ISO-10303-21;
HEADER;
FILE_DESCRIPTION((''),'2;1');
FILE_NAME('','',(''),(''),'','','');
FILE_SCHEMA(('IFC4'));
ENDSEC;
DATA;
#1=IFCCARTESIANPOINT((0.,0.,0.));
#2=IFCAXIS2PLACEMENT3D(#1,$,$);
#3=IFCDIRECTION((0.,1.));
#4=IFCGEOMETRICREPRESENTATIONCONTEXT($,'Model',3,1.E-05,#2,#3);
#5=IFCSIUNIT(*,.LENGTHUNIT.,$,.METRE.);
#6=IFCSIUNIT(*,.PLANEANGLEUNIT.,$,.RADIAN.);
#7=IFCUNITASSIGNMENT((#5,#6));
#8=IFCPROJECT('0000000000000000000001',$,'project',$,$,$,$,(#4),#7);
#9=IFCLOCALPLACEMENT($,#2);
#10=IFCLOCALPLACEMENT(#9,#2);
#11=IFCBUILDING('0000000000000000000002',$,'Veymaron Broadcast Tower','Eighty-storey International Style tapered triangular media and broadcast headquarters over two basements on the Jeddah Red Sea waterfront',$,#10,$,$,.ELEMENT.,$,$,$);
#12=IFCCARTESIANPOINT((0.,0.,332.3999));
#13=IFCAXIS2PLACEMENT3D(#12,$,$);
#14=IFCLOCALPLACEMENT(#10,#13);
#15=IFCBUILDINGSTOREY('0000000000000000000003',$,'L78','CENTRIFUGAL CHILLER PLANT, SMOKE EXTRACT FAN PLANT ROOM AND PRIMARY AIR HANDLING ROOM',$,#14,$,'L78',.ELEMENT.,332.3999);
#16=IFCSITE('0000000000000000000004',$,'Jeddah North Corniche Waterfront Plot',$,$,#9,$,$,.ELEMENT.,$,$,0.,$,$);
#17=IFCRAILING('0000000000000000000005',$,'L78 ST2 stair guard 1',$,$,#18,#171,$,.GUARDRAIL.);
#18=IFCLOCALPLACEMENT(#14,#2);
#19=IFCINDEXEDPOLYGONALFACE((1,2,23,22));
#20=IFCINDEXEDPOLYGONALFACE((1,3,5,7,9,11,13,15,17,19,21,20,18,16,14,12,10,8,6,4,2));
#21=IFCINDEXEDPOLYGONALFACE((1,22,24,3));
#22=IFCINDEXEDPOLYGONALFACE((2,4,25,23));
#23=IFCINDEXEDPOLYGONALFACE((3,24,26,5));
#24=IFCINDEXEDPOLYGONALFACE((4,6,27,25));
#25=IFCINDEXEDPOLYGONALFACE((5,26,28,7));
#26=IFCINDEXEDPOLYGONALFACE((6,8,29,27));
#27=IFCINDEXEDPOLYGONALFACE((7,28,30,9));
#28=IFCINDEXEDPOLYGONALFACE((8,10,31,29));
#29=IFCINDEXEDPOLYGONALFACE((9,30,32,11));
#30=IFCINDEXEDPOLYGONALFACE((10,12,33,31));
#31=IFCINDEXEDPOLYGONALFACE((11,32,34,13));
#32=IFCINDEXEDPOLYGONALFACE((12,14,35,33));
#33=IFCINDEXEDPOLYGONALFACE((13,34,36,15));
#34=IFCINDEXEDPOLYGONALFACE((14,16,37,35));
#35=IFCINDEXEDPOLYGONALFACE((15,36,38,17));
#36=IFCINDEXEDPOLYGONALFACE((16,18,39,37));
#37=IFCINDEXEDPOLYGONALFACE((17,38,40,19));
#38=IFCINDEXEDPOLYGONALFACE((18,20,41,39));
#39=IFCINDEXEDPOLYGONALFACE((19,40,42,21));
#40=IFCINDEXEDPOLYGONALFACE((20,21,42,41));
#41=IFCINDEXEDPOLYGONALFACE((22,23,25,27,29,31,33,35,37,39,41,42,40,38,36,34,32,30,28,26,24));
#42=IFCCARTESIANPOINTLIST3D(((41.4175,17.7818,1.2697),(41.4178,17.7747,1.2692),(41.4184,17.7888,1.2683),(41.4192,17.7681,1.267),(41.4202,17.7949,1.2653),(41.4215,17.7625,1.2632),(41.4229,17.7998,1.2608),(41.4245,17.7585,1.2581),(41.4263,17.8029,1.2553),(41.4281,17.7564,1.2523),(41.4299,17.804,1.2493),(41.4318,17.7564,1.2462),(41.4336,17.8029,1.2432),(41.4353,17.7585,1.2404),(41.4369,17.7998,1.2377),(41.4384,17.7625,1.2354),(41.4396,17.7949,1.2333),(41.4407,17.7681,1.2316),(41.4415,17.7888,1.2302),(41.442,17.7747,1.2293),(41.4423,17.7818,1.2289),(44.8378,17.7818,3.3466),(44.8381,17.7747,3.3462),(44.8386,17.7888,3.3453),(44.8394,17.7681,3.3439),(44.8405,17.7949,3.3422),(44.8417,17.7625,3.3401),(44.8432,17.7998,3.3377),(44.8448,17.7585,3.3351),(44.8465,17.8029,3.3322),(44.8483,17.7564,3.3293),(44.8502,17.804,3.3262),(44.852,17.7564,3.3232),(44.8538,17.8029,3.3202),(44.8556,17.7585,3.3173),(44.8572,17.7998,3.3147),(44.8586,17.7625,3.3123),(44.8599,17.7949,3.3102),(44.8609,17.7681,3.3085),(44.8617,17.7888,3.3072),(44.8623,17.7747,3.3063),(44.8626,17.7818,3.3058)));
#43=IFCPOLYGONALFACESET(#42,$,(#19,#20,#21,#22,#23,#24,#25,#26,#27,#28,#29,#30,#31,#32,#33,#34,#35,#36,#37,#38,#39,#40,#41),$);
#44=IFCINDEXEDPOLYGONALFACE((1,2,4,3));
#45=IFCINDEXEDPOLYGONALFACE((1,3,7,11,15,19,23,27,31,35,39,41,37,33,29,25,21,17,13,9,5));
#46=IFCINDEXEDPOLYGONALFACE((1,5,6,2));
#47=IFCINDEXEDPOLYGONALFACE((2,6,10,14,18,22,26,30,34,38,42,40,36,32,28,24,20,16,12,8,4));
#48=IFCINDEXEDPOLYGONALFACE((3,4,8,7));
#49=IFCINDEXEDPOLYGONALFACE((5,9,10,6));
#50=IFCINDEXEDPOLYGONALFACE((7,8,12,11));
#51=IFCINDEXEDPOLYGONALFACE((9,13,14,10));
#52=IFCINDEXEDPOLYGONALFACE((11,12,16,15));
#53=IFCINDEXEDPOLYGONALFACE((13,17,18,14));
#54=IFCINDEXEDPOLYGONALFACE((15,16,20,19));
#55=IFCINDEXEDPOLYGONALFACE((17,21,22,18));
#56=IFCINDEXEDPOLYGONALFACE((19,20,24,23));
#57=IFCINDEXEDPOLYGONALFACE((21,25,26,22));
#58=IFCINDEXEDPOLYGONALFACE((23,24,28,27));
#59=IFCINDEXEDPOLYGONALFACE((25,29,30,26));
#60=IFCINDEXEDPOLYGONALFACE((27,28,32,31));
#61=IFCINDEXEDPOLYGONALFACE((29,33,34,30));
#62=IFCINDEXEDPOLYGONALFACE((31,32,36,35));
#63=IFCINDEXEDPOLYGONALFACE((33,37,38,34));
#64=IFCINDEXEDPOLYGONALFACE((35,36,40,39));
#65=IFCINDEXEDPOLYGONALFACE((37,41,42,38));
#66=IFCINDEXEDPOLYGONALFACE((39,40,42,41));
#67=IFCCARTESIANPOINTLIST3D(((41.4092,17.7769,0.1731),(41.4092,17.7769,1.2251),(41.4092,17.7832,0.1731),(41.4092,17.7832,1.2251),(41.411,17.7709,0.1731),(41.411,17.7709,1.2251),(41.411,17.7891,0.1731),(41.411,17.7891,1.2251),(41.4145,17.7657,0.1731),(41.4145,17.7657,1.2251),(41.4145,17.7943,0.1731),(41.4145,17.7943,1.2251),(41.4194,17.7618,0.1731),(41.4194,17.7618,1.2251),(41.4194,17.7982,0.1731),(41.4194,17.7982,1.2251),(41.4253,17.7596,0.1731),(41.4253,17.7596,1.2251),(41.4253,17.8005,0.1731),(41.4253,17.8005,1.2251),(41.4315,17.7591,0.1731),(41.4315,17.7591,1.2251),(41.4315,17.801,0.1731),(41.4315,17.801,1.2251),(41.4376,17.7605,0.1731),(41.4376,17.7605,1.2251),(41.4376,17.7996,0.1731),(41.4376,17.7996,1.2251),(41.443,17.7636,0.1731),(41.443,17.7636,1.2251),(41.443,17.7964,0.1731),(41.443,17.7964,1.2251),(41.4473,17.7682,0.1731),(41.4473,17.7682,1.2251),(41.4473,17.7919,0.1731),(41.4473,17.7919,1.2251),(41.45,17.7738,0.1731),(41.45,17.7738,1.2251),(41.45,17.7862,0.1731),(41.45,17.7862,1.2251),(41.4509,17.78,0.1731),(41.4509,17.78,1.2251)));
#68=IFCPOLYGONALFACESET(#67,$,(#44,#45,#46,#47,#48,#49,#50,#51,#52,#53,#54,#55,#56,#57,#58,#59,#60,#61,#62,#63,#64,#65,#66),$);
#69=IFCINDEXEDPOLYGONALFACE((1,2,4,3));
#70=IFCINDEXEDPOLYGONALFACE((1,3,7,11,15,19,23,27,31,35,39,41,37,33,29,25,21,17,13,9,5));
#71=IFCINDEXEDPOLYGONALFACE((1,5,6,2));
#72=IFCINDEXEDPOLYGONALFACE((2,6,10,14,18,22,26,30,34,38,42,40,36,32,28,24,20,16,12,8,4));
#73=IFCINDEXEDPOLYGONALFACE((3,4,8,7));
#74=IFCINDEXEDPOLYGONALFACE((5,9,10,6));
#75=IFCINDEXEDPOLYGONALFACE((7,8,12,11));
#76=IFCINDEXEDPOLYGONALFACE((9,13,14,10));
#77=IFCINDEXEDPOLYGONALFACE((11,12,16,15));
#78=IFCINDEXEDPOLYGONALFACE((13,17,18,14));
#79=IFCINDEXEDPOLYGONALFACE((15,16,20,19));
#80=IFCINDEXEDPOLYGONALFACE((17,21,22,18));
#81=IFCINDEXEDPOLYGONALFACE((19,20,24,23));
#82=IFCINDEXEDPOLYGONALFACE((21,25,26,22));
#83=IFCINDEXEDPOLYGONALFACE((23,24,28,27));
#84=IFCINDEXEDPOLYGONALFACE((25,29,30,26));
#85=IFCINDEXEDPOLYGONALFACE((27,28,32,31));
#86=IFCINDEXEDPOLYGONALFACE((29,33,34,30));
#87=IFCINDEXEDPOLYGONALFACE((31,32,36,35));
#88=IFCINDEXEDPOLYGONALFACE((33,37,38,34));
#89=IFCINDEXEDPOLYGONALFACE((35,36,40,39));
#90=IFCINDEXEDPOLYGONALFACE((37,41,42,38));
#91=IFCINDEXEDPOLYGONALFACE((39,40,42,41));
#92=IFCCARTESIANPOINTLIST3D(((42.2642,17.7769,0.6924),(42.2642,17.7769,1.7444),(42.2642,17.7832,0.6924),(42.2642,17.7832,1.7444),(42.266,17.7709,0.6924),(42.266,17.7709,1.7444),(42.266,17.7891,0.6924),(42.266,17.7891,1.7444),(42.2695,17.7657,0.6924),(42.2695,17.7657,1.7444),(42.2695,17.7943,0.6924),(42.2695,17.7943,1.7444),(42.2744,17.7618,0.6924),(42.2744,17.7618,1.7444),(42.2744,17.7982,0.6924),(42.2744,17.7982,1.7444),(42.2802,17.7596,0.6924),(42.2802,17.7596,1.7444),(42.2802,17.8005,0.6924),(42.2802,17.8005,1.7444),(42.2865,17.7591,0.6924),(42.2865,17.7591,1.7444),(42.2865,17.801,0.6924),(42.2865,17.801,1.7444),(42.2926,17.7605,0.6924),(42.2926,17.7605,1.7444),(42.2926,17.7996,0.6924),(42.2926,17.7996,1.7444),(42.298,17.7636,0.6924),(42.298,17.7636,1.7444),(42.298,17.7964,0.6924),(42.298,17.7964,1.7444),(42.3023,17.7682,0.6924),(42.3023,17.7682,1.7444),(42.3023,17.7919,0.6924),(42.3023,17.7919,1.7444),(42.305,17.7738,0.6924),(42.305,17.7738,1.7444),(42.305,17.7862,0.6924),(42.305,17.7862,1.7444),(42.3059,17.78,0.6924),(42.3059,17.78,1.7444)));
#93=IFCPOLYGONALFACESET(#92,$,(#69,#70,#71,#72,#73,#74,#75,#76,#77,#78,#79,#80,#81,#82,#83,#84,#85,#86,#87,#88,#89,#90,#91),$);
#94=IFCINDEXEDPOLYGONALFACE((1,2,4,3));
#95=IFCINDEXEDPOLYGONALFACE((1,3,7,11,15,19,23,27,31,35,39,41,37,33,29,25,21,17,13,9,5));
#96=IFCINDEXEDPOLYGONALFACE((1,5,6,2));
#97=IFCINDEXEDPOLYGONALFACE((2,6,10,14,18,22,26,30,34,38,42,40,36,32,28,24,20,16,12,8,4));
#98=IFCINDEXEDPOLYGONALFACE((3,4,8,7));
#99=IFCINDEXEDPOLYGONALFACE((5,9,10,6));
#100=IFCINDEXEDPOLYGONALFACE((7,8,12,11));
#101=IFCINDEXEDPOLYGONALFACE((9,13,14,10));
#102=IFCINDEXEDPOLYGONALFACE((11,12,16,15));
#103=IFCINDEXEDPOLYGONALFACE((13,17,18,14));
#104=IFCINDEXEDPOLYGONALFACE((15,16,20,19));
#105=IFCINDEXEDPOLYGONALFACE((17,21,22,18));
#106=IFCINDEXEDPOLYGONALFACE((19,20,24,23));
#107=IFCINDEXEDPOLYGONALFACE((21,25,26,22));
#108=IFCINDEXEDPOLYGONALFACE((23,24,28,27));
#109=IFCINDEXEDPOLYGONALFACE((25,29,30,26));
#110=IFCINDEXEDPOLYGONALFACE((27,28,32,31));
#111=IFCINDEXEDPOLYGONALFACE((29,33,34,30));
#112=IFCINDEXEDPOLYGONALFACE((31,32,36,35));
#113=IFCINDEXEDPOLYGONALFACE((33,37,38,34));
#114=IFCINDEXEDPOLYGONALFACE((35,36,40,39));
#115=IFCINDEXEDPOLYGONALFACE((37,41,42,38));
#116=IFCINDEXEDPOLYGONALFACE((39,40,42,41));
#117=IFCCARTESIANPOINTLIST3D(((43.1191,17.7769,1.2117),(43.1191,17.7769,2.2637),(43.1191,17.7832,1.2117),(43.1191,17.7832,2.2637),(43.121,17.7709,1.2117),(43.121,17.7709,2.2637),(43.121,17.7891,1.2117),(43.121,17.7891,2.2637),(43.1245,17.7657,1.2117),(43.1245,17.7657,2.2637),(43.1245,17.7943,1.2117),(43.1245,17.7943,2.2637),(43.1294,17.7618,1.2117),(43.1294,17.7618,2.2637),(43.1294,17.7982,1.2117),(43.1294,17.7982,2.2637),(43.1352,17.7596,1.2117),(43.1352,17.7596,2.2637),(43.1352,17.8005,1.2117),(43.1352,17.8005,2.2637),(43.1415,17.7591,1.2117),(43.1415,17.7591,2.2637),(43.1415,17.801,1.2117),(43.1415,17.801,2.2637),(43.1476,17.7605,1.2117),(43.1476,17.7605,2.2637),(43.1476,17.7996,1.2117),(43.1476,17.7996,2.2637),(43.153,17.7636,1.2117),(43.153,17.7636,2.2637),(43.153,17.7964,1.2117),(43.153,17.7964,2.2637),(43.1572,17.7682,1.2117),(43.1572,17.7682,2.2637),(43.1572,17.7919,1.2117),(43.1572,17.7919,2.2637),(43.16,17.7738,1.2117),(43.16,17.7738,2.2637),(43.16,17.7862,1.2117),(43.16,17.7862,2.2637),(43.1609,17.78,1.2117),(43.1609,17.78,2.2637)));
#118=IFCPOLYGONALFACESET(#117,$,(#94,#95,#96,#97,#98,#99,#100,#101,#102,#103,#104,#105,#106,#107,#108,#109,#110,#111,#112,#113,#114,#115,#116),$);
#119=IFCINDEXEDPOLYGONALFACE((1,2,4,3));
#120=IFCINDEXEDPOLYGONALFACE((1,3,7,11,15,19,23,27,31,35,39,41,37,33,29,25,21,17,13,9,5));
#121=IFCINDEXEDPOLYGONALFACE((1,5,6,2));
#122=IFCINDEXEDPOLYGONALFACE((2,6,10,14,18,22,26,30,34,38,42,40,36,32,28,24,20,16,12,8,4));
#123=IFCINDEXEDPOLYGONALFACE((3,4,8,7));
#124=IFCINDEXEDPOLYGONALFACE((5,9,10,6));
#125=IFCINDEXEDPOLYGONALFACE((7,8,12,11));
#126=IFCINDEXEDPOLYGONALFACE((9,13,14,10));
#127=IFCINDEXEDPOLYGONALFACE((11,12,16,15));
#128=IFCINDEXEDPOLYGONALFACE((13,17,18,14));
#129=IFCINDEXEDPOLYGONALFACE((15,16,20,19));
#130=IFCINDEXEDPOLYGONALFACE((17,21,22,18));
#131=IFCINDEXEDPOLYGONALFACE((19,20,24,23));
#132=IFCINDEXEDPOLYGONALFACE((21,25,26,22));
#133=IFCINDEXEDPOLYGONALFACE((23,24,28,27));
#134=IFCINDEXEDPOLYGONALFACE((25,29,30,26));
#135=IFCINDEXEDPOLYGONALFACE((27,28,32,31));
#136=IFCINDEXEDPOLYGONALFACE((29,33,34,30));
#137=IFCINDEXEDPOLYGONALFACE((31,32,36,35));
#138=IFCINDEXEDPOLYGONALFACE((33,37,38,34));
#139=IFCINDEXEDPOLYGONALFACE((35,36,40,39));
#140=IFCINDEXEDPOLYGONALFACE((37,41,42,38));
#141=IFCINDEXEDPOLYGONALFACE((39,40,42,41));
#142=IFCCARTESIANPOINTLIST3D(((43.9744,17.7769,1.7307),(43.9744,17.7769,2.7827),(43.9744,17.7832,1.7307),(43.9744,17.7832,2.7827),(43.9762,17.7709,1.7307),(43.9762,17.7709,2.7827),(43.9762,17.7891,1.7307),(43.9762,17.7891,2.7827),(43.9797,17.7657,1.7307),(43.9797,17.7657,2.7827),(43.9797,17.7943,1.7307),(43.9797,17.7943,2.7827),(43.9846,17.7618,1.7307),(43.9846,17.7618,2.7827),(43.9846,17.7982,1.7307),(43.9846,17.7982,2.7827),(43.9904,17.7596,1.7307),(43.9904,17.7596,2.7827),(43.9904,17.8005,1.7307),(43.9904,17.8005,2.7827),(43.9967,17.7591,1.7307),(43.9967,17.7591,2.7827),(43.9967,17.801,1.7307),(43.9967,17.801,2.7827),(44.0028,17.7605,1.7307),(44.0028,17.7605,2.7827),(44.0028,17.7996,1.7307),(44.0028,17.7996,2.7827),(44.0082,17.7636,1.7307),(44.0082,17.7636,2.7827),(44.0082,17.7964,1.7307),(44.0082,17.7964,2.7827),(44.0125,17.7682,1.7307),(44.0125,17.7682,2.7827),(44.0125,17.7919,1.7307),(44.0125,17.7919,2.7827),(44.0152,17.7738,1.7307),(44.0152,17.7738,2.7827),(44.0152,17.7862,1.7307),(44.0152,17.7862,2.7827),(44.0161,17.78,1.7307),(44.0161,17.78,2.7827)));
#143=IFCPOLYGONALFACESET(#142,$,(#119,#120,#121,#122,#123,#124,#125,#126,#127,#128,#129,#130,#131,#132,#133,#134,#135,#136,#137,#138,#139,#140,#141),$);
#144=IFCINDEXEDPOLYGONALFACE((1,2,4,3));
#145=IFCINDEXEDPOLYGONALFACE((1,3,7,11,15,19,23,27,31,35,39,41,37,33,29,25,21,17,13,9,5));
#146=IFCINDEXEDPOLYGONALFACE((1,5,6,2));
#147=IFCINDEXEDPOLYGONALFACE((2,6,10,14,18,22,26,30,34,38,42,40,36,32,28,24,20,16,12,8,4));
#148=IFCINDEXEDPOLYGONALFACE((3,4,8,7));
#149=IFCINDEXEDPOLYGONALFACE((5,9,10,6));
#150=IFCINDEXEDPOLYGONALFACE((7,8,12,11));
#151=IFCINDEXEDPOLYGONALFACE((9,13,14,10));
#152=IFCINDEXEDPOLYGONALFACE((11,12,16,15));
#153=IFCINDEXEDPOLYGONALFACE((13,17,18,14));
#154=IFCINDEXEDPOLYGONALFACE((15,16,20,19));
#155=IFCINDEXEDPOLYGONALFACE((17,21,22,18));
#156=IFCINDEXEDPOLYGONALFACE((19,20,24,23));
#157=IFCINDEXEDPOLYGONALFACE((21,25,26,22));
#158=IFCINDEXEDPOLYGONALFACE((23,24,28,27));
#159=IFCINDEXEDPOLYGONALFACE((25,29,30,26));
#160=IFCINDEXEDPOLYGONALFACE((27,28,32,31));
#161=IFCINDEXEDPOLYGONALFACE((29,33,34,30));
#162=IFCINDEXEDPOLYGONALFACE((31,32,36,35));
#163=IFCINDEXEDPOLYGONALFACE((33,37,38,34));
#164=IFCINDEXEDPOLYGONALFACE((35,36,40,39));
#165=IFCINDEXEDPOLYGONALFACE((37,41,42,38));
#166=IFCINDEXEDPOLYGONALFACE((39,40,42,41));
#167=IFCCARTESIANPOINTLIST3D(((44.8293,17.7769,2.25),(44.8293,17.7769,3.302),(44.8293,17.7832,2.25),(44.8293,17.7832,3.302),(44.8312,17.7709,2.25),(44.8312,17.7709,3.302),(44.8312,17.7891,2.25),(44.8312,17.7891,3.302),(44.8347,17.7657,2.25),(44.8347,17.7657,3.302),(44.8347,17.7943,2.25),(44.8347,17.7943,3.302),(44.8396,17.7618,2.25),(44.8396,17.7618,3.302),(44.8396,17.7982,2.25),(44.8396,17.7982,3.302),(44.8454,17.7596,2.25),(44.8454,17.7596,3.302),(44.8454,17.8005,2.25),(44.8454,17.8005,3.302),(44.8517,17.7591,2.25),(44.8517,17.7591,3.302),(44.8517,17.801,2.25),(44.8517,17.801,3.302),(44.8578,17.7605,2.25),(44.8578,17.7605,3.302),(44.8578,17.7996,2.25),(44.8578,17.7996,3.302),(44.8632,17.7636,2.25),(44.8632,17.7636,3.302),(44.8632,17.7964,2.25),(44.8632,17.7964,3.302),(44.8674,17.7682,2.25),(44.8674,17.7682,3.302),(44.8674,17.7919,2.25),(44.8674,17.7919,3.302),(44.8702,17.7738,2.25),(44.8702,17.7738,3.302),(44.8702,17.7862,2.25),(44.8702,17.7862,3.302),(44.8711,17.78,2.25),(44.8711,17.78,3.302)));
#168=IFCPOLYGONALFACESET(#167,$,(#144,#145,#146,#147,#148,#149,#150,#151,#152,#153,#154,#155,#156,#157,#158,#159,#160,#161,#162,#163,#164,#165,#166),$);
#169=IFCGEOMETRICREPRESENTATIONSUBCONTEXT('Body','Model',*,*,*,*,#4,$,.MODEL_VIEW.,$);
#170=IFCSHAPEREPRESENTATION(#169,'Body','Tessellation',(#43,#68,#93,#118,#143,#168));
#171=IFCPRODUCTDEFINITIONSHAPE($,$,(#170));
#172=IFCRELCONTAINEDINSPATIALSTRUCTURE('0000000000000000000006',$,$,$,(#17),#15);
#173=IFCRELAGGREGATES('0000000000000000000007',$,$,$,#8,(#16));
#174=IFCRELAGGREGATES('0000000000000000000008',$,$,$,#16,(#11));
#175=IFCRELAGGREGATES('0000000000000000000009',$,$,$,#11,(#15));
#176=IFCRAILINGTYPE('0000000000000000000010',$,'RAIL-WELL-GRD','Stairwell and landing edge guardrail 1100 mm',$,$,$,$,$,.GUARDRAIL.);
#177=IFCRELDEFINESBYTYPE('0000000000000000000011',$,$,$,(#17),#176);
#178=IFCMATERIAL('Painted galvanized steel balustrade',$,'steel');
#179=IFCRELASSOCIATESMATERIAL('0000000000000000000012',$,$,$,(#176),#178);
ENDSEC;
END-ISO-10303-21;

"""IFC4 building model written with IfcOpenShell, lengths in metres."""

from ifc_helpers import new_model, si_unit, direction, frame, origin, origin_2d, place, context, subcontext, project, spatial, circle, extrude, material, type_object, element, save


model = new_model("IFC4")

# Units and contexts
model_context = context("Model", 3, precision=1e-05, world=origin(), true_north=direction((0.0, 1.0)))
body_context = subcontext(model_context, "Body", "Model", "MODEL_VIEW")
ifc_project = project(units=[si_unit("LENGTHUNIT", "METRE"), si_unit("PLANEANGLEUNIT", "RADIAN")], contexts=[model_context])

# Site, building, storey
site_placement = place(None, origin())
site = spatial("IfcSite", under=ifc_project, at=site_placement, Name="Jeddah North Corniche Waterfront Plot", CompositionType="ELEMENT", RefElevation=0.0)
building_placement = place(site_placement, origin())
building = spatial("IfcBuilding", under=site, at=building_placement, Name="Veymaron Broadcast Tower", Description="Eighty-storey International Style tapered triangular media and broadcast headquarters over two basements on the Jeddah Red Sea waterfront", CompositionType="ELEMENT")
storey_placement = place(building_placement, frame((0.0, 0.0, 332.3999)))
storey = spatial("IfcBuildingStorey", under=building, at=storey_placement, Name="L78", Description="CENTRIFUGAL CHILLER PLANT, SMOKE EXTRACT FAN PLANT ROOM AND PRIMARY AIR HANDLING ROOM", LongName="L78", CompositionType="ELEMENT", Elevation=332.3999)

# Railing
ifc_material_1 = material(Name="Painted galvanized steel balustrade", Category="steel")
railing_type_1 = type_object("IfcRailingType", Name="RAIL-WELL-GRD", Description="Stairwell and landing edge guardrail 1100 mm", PredefinedType="GUARDRAIL", material=ifc_material_1)
railing_1_placement = place(storey_placement, frame((41.4299, 17.78, 0.1731)))
element("IfcRailing", 1, at=railing_1_placement, inside=storey, type_object=railing_type_1, Name="L78 ST2 stair guard 1", PredefinedType="GUARDRAIL", context=body_context, shape_type="SweptSolid", body=[
    extrude(circle(Radius=0.0239, at=origin_2d()), frame((0.0, 0.0, 1.0762), z_axis=(0.854746, 0.0, 0.519047), x_axis=(0.0, 1.0, 0.0)), (0.0, 0.0, 1.0), 4.0015),
    extrude(circle(Radius=0.021, at=origin_2d()), origin(), (0.0, 0.0, 1.0), 1.052),
    extrude(circle(Radius=0.021, at=origin_2d()), frame((0.855, 0.0, 0.5193)), (0.0, 0.0, 1.0), 1.052),
    extrude(circle(Radius=0.021, at=origin_2d()), frame((1.71, 0.0, 1.0386)), (0.0, 0.0, 1.0), 1.052),
    extrude(circle(Radius=0.021, at=origin_2d()), frame((2.5652, 0.0, 1.5576)), (0.0, 0.0, 1.0), 1.052),
    extrude(circle(Radius=0.021, at=origin_2d()), frame((3.4202, 0.0, 2.0769)), (0.0, 0.0, 1.0), 1.052),
])

save(model, "model.ifc")
